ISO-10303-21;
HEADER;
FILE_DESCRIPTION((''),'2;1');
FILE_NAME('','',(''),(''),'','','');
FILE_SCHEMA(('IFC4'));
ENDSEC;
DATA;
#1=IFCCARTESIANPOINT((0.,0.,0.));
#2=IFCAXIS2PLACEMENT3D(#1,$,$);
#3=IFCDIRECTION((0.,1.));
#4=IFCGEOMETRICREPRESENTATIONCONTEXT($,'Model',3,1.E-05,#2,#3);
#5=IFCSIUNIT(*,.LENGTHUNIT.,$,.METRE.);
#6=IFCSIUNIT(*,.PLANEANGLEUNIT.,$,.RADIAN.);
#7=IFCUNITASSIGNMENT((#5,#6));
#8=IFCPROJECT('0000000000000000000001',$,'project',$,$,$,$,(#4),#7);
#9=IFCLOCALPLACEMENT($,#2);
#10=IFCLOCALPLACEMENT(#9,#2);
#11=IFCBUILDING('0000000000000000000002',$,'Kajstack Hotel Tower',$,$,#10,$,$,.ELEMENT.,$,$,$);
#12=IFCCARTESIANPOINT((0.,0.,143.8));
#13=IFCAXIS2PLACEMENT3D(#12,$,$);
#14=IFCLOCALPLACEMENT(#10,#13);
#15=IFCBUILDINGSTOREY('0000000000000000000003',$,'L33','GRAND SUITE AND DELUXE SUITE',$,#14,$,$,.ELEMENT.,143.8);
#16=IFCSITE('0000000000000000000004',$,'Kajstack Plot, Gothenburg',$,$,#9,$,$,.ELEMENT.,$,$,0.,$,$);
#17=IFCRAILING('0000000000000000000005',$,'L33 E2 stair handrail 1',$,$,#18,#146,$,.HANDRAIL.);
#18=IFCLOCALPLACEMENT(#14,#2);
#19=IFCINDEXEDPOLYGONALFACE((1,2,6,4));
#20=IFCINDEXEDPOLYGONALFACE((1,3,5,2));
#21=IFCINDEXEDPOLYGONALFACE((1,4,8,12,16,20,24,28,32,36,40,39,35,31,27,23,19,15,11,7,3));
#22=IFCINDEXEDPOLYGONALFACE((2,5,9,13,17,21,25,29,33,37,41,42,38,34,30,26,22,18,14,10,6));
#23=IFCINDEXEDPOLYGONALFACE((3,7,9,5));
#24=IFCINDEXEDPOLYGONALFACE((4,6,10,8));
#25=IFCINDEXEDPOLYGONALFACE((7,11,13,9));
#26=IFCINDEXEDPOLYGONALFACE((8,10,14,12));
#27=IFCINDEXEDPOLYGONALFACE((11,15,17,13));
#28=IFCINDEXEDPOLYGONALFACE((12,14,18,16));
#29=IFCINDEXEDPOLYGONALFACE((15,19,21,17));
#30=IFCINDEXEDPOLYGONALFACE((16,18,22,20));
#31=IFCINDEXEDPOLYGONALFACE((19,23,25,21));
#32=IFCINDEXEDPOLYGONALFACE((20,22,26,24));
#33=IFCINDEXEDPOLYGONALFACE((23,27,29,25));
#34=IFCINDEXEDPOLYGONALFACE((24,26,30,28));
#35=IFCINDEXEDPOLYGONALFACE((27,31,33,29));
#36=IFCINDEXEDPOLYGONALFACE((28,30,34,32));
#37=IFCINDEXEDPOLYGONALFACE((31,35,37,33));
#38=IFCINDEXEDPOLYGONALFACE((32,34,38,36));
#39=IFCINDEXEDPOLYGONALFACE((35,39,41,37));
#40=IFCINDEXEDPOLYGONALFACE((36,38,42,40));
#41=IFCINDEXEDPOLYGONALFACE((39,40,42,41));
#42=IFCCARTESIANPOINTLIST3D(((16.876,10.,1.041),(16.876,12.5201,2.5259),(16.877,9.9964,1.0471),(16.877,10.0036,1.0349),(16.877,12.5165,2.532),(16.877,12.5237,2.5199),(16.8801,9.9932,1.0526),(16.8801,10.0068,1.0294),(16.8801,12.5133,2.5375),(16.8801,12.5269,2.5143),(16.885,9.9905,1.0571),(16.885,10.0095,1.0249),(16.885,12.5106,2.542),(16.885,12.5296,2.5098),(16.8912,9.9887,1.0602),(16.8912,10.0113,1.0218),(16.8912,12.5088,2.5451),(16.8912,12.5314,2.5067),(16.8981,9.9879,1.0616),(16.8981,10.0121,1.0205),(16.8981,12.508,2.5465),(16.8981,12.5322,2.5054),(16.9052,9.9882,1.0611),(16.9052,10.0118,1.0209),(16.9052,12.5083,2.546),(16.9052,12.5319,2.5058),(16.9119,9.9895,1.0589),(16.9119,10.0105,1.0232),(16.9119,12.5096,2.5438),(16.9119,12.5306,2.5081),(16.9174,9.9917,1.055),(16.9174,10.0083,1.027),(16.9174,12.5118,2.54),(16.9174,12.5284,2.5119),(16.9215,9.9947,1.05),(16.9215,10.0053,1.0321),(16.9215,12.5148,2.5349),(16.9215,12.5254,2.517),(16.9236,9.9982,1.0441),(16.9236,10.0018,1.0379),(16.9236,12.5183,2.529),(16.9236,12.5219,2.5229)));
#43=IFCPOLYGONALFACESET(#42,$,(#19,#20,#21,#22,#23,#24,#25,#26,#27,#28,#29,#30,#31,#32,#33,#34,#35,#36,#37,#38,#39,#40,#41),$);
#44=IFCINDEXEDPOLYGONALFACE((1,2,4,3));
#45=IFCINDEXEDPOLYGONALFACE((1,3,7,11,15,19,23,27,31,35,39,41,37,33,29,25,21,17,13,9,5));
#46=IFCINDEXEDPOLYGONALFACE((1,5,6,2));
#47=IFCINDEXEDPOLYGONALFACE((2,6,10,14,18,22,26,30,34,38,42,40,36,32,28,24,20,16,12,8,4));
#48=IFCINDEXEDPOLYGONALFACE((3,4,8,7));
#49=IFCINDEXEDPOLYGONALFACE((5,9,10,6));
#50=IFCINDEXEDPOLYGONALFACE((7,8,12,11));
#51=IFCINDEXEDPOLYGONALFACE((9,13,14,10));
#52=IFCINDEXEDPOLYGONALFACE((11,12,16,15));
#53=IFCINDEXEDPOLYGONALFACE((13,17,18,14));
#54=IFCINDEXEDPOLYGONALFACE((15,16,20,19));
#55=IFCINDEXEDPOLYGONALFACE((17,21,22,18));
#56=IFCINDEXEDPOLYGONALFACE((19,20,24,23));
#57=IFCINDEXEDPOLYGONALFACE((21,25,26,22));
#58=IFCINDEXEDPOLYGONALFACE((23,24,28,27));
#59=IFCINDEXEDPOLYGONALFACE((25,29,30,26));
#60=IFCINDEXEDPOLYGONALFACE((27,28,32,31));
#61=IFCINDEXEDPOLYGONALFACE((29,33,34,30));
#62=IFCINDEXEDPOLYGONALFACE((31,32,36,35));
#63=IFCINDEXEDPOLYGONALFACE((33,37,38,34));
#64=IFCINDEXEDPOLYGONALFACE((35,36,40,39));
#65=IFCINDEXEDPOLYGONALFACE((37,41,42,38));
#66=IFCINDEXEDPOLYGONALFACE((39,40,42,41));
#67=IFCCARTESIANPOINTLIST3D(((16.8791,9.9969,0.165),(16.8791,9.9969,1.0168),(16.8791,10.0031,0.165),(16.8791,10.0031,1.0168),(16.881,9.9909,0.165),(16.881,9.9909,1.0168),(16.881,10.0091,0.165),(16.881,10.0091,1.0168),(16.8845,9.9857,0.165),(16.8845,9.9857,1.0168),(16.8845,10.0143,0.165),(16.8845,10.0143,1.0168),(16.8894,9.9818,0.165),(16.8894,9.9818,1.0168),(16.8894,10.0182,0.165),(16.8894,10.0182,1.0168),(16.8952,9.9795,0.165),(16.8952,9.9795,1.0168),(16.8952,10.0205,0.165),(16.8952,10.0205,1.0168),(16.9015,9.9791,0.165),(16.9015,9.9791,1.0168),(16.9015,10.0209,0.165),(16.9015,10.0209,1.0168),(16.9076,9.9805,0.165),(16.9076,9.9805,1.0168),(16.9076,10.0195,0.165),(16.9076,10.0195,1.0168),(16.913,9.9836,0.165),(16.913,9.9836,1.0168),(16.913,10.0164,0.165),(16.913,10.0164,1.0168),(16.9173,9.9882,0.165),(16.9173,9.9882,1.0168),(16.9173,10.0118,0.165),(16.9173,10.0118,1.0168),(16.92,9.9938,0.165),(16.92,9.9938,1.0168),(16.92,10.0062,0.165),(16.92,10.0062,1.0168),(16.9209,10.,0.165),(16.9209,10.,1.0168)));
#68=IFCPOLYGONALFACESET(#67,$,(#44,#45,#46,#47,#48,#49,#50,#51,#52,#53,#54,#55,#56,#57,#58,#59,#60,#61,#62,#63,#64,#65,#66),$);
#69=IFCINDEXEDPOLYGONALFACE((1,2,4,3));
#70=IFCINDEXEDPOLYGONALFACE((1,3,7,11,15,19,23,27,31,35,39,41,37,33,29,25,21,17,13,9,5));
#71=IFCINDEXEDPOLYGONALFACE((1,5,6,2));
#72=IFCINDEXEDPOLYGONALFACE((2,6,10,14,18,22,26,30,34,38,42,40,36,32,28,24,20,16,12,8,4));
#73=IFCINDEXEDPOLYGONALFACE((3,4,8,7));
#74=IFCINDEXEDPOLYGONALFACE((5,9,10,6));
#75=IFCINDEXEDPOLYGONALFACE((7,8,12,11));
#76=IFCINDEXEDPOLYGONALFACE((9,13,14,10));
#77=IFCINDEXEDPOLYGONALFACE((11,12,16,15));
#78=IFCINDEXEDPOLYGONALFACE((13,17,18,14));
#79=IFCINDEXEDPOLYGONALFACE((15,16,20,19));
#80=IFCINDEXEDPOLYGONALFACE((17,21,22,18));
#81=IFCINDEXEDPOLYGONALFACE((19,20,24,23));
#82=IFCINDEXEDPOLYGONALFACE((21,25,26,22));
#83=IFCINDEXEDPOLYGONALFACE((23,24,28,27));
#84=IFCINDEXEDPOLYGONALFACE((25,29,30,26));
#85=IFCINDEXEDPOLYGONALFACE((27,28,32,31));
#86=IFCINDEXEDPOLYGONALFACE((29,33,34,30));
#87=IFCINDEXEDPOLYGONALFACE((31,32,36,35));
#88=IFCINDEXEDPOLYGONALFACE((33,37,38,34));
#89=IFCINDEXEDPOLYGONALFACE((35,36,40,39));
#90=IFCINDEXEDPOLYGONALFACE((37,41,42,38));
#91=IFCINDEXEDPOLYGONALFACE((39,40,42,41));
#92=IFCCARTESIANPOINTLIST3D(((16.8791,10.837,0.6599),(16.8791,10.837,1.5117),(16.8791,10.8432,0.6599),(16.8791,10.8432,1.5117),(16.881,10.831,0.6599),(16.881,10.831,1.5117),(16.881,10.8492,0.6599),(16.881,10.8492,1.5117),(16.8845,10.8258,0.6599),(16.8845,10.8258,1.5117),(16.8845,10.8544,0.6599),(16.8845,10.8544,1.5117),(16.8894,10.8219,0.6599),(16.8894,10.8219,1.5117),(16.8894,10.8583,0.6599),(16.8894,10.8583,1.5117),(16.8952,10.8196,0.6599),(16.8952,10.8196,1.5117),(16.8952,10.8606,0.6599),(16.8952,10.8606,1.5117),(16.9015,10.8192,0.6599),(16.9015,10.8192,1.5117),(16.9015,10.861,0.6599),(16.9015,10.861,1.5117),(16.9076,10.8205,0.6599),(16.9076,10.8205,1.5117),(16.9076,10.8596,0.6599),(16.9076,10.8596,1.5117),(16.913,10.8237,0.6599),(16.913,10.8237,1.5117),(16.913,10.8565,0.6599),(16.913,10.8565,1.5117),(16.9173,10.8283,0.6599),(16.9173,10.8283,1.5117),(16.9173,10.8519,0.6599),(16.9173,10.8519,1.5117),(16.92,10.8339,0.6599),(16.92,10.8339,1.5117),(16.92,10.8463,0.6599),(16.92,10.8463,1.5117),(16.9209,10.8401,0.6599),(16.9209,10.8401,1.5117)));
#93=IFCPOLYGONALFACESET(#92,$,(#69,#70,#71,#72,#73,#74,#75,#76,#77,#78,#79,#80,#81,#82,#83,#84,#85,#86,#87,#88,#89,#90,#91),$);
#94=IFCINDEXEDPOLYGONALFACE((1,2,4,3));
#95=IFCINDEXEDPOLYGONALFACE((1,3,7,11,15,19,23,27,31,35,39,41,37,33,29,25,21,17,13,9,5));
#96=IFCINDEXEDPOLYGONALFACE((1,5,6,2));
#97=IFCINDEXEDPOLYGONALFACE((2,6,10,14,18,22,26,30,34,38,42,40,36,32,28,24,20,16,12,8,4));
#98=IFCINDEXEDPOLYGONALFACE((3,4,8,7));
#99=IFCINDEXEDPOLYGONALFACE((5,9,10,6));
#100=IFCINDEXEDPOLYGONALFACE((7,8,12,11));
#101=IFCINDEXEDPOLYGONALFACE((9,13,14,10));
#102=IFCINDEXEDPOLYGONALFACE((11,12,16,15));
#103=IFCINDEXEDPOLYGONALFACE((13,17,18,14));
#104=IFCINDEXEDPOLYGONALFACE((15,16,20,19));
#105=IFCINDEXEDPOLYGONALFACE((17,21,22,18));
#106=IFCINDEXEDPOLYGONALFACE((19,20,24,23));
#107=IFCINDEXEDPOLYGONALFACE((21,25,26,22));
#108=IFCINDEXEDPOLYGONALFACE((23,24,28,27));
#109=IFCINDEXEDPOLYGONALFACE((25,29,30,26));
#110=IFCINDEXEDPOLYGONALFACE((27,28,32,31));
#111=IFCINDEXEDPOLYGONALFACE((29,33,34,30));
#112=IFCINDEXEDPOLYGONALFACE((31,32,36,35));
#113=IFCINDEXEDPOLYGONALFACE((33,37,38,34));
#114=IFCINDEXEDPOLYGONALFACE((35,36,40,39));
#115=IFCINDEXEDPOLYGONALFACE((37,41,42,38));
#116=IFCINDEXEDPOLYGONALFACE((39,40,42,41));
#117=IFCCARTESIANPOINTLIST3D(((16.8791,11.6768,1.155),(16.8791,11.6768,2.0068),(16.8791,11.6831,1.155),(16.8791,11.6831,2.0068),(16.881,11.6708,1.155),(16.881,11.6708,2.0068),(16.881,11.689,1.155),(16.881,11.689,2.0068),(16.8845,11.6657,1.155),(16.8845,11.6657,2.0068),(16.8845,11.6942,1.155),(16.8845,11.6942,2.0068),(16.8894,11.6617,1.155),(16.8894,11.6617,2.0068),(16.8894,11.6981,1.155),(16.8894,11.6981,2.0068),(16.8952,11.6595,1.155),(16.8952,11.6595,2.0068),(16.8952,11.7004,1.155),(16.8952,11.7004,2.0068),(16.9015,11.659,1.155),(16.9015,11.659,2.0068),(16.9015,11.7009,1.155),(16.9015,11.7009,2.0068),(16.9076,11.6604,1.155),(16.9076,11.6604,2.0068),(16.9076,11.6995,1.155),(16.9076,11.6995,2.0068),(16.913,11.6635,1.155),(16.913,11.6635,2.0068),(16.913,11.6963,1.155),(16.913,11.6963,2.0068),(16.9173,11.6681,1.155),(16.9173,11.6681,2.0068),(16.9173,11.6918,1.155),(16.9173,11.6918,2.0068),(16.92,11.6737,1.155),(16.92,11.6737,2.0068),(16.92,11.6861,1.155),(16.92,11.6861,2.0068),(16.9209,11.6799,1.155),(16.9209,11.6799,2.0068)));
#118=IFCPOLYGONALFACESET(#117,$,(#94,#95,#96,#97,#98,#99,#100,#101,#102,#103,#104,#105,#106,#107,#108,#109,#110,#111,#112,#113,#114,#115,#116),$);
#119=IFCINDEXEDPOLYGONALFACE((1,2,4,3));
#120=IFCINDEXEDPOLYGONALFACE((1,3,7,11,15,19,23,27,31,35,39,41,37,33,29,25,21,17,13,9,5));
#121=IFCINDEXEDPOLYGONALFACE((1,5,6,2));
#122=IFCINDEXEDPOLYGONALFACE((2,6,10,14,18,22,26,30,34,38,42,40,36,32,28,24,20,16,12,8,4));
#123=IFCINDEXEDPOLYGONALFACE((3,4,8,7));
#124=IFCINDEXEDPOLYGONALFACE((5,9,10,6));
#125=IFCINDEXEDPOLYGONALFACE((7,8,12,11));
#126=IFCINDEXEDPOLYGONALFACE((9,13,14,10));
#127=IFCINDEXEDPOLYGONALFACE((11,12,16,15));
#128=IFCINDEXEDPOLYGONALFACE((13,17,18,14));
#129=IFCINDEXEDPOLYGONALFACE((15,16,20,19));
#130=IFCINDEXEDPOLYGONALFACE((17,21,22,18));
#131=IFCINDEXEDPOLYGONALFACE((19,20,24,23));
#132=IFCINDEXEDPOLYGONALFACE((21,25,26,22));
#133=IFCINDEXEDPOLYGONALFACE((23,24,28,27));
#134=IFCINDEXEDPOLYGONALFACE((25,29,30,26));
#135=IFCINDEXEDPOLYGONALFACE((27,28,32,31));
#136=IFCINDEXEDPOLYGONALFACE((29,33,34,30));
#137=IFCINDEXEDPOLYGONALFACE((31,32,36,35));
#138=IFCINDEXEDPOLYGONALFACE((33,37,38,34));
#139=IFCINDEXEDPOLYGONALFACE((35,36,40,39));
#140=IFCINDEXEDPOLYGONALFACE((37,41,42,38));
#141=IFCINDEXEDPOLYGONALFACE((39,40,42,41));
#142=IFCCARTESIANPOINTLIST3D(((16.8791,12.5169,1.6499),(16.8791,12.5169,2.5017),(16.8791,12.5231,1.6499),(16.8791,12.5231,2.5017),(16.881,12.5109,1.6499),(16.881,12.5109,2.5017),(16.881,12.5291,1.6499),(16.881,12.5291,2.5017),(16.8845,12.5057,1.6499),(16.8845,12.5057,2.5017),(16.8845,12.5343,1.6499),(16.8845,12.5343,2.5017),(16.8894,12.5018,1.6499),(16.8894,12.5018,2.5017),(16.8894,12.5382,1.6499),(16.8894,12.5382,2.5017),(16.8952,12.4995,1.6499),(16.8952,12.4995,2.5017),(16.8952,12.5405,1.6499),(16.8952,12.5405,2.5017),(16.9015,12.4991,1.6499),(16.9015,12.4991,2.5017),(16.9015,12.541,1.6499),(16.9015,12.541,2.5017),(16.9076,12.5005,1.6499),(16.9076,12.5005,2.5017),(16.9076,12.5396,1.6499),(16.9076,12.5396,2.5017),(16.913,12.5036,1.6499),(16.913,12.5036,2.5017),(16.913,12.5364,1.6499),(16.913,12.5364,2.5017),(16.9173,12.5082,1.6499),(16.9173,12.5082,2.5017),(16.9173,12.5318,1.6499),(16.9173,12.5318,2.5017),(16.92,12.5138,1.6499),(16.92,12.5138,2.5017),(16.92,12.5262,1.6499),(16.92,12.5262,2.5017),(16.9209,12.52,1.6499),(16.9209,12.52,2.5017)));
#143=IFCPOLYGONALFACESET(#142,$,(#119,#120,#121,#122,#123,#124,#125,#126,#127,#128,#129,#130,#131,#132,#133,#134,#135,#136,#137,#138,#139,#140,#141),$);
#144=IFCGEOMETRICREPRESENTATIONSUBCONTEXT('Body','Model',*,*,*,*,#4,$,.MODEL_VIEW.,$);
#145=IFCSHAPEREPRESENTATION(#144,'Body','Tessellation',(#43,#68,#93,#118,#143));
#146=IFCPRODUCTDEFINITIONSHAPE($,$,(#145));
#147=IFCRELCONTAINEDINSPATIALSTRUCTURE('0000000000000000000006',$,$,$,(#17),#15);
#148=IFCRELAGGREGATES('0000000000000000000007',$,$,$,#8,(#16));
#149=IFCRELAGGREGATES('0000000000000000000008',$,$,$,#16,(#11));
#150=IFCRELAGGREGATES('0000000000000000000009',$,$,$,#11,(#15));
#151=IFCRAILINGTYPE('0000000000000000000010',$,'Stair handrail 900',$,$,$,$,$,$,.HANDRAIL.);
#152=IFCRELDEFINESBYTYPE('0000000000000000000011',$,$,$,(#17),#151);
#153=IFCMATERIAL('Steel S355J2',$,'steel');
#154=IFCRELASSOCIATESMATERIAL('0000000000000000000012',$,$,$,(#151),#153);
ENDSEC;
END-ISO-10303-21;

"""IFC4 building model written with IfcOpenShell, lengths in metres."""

from ifc_helpers import new_model, si_unit, direction, frame, origin, origin_2d, place, context, subcontext, project, spatial, circle, extrude, material, type_object, element, save


model = new_model("IFC4")

# Units and contexts
model_context = context("Model", 3, precision=1e-05, world=origin(), true_north=direction((0.0, 1.0)))
body_context = subcontext(model_context, "Body", "Model", "MODEL_VIEW")
ifc_project = project(units=[si_unit("LENGTHUNIT", "METRE"), si_unit("PLANEANGLEUNIT", "RADIAN")], contexts=[model_context])

# Site, building, storey
site_placement = place(None, origin())
site = spatial("IfcSite", under=ifc_project, at=site_placement, Name="Kajstack Plot, Gothenburg", CompositionType="ELEMENT", RefElevation=0.0)
building_placement = place(site_placement, origin())
building = spatial("IfcBuilding", under=site, at=building_placement, Name="Kajstack Hotel Tower", CompositionType="ELEMENT")
storey_placement = place(building_placement, frame((0.0, 0.0, 143.8)))
storey = spatial("IfcBuildingStorey", under=building, at=storey_placement, Name="L33", Description="GRAND SUITE AND DELUXE SUITE", CompositionType="ELEMENT", Elevation=143.8)

# Railing
ifc_material_1 = material(Name="Steel S355J2", Category="steel")
railing_type = type_object("IfcRailingType", Name="Stair handrail 900", PredefinedType="HANDRAIL", material=ifc_material_1)
railing_placement = place(storey_placement, frame((16.8999, 10.0, 0.165)))
element("IfcRailing", 1, at=railing_placement, inside=storey, type_object=railing_type, Name="L33 E2 stair handrail 1", PredefinedType="HANDRAIL", context=body_context, shape_type="SweptSolid", body=[
    extrude(circle(Radius=0.0239, at=origin_2d()), frame((0.0, 0.0, 0.876), z_axis=(0.0, 0.861561, 0.507655), x_axis=(-1.0, 0.0, 0.0)), (0.0, 0.0, 1.0), 2.925),
    extrude(circle(Radius=0.021, at=origin_2d()), origin(), (0.0, 0.0, 1.0), 0.8518),
    extrude(circle(Radius=0.021, at=origin_2d()), frame((0.0, 0.8401, 0.4949)), (0.0, 0.0, 1.0), 0.8518),
    extrude(circle(Radius=0.021, at=origin_2d()), frame((0.0, 1.6799, 0.99)), (0.0, 0.0, 1.0), 0.8518),
    extrude(circle(Radius=0.021, at=origin_2d()), frame((0.0, 2.52, 1.4849)), (0.0, 0.0, 1.0), 0.8518),
])

save(model, "model.ifc")
